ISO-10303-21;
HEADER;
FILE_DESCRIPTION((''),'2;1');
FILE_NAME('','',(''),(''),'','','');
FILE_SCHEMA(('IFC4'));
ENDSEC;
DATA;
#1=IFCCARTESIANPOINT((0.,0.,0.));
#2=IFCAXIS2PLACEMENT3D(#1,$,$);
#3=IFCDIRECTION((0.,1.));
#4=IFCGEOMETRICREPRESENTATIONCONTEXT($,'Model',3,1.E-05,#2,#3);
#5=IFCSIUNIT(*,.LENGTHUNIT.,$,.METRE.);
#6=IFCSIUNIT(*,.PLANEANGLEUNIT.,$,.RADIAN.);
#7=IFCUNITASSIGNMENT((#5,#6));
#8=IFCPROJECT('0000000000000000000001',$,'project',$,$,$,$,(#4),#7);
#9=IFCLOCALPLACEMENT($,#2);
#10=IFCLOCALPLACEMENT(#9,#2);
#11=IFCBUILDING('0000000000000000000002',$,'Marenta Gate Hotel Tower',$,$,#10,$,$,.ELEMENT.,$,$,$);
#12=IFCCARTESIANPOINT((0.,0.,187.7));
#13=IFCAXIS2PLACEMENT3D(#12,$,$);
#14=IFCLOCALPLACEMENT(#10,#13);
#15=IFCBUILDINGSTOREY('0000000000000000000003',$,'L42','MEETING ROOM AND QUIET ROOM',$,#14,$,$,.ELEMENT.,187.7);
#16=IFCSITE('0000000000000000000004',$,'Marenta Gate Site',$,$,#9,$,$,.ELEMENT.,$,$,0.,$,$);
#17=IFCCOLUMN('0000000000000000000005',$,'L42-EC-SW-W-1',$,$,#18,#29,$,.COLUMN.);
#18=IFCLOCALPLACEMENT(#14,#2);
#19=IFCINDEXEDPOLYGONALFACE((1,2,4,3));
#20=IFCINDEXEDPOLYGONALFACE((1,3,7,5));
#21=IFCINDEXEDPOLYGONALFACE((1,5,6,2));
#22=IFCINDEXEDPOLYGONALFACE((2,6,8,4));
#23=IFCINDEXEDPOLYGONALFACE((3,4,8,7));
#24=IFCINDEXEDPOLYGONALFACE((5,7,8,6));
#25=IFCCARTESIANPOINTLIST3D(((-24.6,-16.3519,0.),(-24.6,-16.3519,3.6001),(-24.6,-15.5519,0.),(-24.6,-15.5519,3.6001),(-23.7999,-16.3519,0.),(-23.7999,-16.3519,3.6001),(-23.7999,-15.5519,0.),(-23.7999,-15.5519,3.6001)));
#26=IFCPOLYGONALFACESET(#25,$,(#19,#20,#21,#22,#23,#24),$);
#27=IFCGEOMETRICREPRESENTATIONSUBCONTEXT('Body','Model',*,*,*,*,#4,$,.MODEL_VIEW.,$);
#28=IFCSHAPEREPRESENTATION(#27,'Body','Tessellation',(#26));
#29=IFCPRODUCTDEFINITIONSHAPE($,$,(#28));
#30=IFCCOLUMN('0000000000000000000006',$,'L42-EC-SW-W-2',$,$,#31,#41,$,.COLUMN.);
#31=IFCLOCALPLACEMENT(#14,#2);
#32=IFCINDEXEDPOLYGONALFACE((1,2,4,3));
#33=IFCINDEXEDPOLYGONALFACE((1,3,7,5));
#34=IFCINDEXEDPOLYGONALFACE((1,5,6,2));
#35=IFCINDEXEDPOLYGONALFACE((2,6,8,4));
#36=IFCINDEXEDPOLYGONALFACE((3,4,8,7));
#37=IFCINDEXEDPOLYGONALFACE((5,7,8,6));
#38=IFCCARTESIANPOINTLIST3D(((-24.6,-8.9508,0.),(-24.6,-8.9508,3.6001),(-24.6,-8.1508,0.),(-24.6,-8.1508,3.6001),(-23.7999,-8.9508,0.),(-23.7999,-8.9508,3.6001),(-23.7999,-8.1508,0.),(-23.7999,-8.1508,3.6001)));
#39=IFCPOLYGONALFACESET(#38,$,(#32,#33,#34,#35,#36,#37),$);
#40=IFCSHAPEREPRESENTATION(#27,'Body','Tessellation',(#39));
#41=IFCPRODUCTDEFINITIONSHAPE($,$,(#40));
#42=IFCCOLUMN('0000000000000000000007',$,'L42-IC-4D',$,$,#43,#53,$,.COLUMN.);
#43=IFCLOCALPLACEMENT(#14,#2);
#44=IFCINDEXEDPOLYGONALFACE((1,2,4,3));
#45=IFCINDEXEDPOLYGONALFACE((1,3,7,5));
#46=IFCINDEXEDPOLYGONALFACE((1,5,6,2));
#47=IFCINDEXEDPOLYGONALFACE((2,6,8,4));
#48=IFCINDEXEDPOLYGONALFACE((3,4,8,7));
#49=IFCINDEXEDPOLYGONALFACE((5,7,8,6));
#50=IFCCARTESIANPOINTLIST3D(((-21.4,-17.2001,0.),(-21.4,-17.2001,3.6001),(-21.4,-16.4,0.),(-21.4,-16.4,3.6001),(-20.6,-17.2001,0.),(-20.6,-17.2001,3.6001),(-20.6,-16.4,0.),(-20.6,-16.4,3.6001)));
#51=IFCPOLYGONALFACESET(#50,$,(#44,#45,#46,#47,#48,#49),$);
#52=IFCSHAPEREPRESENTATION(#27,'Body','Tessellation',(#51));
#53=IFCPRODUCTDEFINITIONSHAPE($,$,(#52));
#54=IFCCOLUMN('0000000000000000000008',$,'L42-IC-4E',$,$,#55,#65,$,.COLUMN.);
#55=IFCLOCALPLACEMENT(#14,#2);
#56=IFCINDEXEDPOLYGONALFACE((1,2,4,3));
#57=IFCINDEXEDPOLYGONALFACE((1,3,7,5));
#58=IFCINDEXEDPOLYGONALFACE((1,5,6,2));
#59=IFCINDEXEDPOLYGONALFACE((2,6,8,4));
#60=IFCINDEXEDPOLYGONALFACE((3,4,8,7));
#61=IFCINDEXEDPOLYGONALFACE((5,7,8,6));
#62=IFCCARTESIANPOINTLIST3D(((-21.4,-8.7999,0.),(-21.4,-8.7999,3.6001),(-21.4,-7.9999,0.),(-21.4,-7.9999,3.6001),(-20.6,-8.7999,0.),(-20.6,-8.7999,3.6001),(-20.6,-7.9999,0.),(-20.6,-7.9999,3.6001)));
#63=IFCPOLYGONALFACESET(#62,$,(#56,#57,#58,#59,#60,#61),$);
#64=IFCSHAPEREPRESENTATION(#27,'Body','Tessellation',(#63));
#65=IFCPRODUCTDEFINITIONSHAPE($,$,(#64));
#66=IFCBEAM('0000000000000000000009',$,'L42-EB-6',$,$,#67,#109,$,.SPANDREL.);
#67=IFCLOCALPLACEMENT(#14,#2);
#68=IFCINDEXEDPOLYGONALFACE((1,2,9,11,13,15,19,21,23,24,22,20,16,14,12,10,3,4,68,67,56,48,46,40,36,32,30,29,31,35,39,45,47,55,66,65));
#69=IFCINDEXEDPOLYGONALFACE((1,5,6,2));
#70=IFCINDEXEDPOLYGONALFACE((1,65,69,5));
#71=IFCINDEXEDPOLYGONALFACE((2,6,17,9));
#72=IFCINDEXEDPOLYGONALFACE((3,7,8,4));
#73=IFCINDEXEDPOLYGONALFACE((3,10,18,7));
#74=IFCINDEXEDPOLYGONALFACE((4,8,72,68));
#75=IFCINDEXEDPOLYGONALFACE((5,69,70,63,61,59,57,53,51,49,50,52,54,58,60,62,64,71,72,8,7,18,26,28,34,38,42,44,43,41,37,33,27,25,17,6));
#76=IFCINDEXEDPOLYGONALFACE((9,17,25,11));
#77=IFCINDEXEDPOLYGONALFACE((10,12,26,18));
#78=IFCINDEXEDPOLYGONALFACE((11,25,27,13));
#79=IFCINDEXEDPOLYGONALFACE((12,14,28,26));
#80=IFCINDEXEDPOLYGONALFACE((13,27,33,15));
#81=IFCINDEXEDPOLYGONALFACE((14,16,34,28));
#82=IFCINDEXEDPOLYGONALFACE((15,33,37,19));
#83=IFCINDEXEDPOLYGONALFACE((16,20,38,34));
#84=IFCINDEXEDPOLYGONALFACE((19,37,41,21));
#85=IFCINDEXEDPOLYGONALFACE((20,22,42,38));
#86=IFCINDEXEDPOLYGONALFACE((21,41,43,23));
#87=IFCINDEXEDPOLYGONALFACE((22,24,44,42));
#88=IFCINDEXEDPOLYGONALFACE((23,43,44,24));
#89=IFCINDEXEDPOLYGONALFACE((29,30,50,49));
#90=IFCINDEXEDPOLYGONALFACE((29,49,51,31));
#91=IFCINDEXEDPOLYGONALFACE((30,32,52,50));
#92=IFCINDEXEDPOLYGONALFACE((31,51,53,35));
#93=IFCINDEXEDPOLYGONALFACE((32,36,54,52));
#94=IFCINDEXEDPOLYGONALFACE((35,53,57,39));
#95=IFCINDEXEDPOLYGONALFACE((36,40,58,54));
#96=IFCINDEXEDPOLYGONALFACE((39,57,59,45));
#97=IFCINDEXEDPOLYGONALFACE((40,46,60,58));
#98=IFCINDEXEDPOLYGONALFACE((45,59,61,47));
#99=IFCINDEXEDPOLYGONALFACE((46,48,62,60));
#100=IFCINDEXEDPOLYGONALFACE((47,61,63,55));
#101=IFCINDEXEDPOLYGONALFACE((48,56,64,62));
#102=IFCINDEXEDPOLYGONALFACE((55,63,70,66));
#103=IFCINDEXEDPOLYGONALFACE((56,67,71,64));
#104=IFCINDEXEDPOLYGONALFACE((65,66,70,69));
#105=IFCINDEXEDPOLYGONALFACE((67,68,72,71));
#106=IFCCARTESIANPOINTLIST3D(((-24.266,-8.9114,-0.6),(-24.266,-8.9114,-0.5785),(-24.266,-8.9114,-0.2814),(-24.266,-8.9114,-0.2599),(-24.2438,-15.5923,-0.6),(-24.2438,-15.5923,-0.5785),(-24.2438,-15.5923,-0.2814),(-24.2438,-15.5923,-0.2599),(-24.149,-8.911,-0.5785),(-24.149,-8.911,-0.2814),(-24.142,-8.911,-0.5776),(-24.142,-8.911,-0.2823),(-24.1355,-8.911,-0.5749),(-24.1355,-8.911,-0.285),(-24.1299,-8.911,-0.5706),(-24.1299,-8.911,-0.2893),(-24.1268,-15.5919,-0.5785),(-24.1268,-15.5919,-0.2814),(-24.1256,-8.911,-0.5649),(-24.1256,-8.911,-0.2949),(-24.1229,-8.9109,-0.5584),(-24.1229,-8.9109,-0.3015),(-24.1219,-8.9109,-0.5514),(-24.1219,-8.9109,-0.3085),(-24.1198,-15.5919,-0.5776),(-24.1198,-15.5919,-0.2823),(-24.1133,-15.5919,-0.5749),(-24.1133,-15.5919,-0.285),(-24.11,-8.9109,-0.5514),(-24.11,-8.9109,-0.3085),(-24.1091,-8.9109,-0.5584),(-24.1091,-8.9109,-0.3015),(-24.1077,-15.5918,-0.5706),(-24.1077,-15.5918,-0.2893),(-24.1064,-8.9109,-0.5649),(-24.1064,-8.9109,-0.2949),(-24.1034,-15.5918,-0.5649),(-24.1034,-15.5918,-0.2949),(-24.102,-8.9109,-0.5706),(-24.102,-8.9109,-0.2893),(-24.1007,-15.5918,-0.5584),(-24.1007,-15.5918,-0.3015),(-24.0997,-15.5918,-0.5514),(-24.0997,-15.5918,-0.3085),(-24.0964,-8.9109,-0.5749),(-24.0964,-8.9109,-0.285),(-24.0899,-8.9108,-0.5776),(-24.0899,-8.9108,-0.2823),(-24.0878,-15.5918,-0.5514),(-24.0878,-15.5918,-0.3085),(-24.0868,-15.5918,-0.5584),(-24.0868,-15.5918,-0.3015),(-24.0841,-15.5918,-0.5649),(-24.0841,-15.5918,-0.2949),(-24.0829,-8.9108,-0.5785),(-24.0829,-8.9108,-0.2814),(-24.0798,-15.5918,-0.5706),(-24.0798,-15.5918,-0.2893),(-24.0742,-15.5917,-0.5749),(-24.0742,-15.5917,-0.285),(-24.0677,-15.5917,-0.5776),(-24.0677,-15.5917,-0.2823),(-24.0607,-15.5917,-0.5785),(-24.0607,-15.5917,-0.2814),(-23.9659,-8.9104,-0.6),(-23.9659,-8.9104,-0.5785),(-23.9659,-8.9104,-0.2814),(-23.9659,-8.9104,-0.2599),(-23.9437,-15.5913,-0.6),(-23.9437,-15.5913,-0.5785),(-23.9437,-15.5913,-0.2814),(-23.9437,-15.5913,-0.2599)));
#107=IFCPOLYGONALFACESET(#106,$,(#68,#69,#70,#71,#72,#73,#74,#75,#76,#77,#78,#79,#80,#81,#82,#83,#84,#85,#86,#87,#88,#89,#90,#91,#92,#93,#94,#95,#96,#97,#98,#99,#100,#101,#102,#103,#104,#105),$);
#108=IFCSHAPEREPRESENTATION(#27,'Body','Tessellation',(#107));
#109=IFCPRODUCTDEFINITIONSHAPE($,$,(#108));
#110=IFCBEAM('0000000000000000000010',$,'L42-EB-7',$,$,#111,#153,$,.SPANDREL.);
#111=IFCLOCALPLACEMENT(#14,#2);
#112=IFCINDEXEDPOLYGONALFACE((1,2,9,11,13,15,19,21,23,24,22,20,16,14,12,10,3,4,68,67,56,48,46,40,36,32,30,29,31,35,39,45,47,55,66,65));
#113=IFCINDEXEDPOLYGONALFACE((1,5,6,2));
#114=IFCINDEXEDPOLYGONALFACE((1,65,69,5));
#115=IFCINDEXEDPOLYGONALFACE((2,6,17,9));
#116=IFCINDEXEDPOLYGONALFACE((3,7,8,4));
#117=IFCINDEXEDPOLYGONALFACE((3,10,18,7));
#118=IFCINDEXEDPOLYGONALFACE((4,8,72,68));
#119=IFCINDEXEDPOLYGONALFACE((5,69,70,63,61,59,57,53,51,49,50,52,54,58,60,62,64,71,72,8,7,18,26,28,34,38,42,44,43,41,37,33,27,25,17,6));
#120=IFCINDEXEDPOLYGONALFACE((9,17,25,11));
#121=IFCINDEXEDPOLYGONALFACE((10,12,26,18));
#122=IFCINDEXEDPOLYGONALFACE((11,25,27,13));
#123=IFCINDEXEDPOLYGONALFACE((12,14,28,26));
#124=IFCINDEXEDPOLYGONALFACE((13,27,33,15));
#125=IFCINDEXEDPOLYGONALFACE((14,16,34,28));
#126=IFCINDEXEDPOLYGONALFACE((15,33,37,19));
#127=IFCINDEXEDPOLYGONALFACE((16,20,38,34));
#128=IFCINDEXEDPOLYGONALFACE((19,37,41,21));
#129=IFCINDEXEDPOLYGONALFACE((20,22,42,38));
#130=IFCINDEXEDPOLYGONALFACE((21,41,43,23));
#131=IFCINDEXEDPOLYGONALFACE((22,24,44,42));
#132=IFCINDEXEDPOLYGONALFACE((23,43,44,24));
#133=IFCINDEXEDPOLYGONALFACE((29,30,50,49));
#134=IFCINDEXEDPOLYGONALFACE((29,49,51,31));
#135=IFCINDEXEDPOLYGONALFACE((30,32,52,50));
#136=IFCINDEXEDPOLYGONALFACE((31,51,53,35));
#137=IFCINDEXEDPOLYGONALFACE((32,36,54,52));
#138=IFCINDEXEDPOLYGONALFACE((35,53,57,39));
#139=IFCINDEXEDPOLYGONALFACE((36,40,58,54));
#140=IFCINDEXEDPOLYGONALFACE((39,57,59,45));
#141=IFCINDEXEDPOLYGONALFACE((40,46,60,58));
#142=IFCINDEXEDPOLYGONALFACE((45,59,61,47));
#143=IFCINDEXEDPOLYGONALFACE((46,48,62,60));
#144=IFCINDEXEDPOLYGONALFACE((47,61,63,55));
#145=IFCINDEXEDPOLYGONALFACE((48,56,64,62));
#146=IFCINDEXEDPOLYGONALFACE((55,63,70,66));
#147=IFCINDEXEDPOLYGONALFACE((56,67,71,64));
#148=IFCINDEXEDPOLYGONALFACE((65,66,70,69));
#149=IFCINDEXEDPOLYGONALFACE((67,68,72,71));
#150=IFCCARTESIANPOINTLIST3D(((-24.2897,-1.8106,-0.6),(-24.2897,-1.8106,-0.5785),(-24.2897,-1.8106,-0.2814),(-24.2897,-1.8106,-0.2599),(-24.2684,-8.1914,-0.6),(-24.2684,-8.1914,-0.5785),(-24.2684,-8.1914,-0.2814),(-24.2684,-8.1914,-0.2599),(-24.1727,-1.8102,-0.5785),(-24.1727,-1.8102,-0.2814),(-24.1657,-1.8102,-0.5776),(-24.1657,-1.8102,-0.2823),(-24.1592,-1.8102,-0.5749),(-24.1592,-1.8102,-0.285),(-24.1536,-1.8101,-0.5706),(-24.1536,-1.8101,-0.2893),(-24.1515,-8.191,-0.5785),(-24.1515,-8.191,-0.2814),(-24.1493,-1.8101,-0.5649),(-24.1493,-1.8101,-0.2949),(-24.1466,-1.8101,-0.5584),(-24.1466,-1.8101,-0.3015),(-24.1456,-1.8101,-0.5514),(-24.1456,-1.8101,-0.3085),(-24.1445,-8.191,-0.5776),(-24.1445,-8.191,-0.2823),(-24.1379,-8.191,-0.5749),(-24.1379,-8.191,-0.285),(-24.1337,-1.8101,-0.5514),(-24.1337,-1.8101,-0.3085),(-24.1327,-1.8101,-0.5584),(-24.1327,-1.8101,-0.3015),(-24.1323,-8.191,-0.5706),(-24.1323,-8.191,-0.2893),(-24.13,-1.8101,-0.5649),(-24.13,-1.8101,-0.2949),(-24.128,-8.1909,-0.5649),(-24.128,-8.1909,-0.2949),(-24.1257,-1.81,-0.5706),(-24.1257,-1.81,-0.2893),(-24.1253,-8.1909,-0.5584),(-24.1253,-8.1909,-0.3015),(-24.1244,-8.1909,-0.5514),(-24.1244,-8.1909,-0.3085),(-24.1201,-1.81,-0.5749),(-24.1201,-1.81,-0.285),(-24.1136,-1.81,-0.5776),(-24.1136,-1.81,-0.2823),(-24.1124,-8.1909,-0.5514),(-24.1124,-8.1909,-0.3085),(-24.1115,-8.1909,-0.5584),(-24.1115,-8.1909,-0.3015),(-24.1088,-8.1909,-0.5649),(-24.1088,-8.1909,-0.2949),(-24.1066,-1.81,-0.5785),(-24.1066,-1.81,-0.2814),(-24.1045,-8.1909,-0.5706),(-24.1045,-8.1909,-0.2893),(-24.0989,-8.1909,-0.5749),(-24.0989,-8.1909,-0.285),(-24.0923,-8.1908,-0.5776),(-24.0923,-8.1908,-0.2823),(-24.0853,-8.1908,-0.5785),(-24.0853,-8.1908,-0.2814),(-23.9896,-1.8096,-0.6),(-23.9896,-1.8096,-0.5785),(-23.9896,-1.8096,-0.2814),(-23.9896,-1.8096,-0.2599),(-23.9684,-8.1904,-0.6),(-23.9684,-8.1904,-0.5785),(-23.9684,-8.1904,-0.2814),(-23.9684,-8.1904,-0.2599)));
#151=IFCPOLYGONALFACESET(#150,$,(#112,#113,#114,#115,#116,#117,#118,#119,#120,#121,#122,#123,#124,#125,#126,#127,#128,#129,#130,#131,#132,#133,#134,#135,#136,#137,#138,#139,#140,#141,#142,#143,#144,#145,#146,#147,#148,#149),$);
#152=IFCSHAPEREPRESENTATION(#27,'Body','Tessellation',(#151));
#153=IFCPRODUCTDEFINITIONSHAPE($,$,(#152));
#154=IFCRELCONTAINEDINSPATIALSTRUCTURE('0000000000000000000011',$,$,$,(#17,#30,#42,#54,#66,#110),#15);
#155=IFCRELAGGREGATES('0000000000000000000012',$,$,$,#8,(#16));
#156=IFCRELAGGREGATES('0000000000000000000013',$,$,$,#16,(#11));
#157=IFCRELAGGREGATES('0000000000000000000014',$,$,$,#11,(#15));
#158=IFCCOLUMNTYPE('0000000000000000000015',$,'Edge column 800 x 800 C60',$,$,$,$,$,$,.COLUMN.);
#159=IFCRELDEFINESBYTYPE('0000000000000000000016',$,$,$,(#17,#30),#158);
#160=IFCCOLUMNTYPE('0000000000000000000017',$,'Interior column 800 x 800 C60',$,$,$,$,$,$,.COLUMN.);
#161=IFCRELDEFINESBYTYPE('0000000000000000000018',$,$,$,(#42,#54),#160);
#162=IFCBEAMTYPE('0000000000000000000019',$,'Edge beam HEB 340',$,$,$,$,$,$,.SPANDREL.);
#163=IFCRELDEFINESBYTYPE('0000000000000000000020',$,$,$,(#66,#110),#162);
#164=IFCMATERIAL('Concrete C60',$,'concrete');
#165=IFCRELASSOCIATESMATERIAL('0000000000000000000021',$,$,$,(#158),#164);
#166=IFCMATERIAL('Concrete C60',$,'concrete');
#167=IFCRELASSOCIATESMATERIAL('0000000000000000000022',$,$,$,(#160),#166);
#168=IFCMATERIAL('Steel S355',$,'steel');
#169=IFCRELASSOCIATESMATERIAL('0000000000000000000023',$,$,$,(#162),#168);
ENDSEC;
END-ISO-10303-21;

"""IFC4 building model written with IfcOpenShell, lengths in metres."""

from ifc_helpers import new_model, si_unit, direction, frame, origin, origin_2d, place, context, subcontext, project, spatial, rectangle, i_section, extrude, material, material_profile, profile_set, type_object, element, save


model = new_model("IFC4")

# Units and contexts
model_context = context("Model", 3, precision=1e-05, world=origin(), true_north=direction((0.0, 1.0)))
body_context = subcontext(model_context, "Body", "Model", "MODEL_VIEW")
ifc_project = project(units=[si_unit("LENGTHUNIT", "METRE"), si_unit("PLANEANGLEUNIT", "RADIAN")], contexts=[model_context])

# Site, building, storey
site_placement = place(None, origin())
site = spatial("IfcSite", under=ifc_project, at=site_placement, Name="Marenta Gate Site", CompositionType="ELEMENT", RefElevation=0.0)
building_placement = place(site_placement, origin())
building = spatial("IfcBuilding", under=site, at=building_placement, Name="Marenta Gate Hotel Tower", CompositionType="ELEMENT")
storey_placement = place(building_placement, frame((0.0, 0.0, 187.7)))
storey = spatial("IfcBuildingStorey", under=building, at=storey_placement, Name="L42", Description="MEETING ROOM AND QUIET ROOM", CompositionType="ELEMENT", Elevation=187.7)

# Columns
ifc_material_1 = material(Name="Concrete C60", Category="concrete")
ifc_material_profile_1 = material_profile(ifc_material_1, rectangle(XDim=0.8, YDim=0.8, at=origin_2d()), Name="800 x 800")
ifc_profile_set_1 = profile_set([ifc_material_profile_1], Name="Concrete C60")
column_type_1 = type_object("IfcColumnType", Name="Edge column 800 x 800 C60", PredefinedType="COLUMN", material=ifc_profile_set_1)
for number, where, z_axis, x_axis, name in (
    (1, (-24.2, -15.9519, 0.0), (0.0, 0.0, 1.0), (1.0, 0.0, 0.0), "L42-EC-SW-W-1"),
    (2, (-24.2, -8.5508, 0.0), (0.0, 0.0, 1.0), (1.0, 0.0, 0.0), "L42-EC-SW-W-2"),
):
    element("IfcColumn", number, at=place(storey_placement, frame(where, z_axis=z_axis, x_axis=x_axis)), inside=storey, type_object=column_type_1, Name=name, PredefinedType="COLUMN", context=body_context, shape_type="SweptSolid", body=[
        extrude(rectangle(XDim=0.8, YDim=0.8, at=origin_2d()), origin(), (0.0, 0.0, 1.0), 3.6001),
    ])
ifc_material_2 = material(Name="Concrete C60", Category="concrete")
ifc_material_profile_2 = material_profile(ifc_material_2, rectangle(XDim=0.8, YDim=0.8, at=origin_2d()), Name="800 x 800")
ifc_profile_set_2 = profile_set([ifc_material_profile_2], Name="Concrete C60")
column_type_2 = type_object("IfcColumnType", Name="Interior column 800 x 800 C60", PredefinedType="COLUMN", material=ifc_profile_set_2)
for number, where, z_axis, x_axis, name in (
    (3, (-21.0, -16.8, 0.0), (0.0, 0.0, 1.0), (1.0, 0.0, 0.0), "L42-IC-4D"),
    (4, (-21.0, -8.3999, 0.0), (0.0, 0.0, 1.0), (1.0, 0.0, 0.0), "L42-IC-4E"),
):
    element("IfcColumn", number, at=place(storey_placement, frame(where, z_axis=z_axis, x_axis=x_axis)), inside=storey, type_object=column_type_2, Name=name, PredefinedType="COLUMN", context=body_context, shape_type="SweptSolid", body=[
        extrude(rectangle(XDim=0.8, YDim=0.8, at=origin_2d()), origin(), (0.0, 0.0, 1.0), 3.6001),
    ])

# Beams
ifc_material_3 = material(Name="Steel S355", Category="steel")
ifc_material_profile_3 = material_profile(ifc_material_3, i_section(OverallWidth=0.3, OverallDepth=0.3401, WebThickness=0.012, FlangeThickness=0.0215, FilletRadius=0.0271, at=origin_2d()), Name="HEB 340")
ifc_profile_set_3 = profile_set([ifc_material_profile_3], Name="Steel S355")
beam_type_1 = type_object("IfcBeamType", Name="Edge beam HEB 340", PredefinedType="SPANDREL", material=ifc_profile_set_3)
beam_1_placement = place(storey_placement, frame((-24.0938, -15.5918, -0.4299), z_axis=(-0.003325, 0.999994, 0.0), x_axis=(-0.999994, -0.003325, 0.0)))
element("IfcBeam", 5, at=beam_1_placement, inside=storey, type_object=beam_type_1, Name="L42-EB-6", PredefinedType="SPANDREL", context=body_context, shape_type="SweptSolid", body=[
    extrude(i_section(OverallWidth=0.3, OverallDepth=0.3401, WebThickness=0.012, FlangeThickness=0.0215, FilletRadius=0.0271, at=origin_2d()), origin(), (0.0, 0.0, 1.0), 6.6809),
])
beam_2_placement = place(storey_placement, frame((-24.1184, -8.1909, -0.4299), z_axis=(-0.003329, 0.999994, 0.0), x_axis=(-0.999994, -0.003329, 0.0)))
element("IfcBeam", 6, at=beam_2_placement, inside=storey, type_object=beam_type_1, Name="L42-EB-7", PredefinedType="SPANDREL", context=body_context, shape_type="SweptSolid", body=[
    extrude(i_section(OverallWidth=0.3, OverallDepth=0.3401, WebThickness=0.012, FlangeThickness=0.0215, FilletRadius=0.0271, at=origin_2d()), origin(), (0.0, 0.0, 1.0), 6.3809),
])

save(model, "model.ifc")
